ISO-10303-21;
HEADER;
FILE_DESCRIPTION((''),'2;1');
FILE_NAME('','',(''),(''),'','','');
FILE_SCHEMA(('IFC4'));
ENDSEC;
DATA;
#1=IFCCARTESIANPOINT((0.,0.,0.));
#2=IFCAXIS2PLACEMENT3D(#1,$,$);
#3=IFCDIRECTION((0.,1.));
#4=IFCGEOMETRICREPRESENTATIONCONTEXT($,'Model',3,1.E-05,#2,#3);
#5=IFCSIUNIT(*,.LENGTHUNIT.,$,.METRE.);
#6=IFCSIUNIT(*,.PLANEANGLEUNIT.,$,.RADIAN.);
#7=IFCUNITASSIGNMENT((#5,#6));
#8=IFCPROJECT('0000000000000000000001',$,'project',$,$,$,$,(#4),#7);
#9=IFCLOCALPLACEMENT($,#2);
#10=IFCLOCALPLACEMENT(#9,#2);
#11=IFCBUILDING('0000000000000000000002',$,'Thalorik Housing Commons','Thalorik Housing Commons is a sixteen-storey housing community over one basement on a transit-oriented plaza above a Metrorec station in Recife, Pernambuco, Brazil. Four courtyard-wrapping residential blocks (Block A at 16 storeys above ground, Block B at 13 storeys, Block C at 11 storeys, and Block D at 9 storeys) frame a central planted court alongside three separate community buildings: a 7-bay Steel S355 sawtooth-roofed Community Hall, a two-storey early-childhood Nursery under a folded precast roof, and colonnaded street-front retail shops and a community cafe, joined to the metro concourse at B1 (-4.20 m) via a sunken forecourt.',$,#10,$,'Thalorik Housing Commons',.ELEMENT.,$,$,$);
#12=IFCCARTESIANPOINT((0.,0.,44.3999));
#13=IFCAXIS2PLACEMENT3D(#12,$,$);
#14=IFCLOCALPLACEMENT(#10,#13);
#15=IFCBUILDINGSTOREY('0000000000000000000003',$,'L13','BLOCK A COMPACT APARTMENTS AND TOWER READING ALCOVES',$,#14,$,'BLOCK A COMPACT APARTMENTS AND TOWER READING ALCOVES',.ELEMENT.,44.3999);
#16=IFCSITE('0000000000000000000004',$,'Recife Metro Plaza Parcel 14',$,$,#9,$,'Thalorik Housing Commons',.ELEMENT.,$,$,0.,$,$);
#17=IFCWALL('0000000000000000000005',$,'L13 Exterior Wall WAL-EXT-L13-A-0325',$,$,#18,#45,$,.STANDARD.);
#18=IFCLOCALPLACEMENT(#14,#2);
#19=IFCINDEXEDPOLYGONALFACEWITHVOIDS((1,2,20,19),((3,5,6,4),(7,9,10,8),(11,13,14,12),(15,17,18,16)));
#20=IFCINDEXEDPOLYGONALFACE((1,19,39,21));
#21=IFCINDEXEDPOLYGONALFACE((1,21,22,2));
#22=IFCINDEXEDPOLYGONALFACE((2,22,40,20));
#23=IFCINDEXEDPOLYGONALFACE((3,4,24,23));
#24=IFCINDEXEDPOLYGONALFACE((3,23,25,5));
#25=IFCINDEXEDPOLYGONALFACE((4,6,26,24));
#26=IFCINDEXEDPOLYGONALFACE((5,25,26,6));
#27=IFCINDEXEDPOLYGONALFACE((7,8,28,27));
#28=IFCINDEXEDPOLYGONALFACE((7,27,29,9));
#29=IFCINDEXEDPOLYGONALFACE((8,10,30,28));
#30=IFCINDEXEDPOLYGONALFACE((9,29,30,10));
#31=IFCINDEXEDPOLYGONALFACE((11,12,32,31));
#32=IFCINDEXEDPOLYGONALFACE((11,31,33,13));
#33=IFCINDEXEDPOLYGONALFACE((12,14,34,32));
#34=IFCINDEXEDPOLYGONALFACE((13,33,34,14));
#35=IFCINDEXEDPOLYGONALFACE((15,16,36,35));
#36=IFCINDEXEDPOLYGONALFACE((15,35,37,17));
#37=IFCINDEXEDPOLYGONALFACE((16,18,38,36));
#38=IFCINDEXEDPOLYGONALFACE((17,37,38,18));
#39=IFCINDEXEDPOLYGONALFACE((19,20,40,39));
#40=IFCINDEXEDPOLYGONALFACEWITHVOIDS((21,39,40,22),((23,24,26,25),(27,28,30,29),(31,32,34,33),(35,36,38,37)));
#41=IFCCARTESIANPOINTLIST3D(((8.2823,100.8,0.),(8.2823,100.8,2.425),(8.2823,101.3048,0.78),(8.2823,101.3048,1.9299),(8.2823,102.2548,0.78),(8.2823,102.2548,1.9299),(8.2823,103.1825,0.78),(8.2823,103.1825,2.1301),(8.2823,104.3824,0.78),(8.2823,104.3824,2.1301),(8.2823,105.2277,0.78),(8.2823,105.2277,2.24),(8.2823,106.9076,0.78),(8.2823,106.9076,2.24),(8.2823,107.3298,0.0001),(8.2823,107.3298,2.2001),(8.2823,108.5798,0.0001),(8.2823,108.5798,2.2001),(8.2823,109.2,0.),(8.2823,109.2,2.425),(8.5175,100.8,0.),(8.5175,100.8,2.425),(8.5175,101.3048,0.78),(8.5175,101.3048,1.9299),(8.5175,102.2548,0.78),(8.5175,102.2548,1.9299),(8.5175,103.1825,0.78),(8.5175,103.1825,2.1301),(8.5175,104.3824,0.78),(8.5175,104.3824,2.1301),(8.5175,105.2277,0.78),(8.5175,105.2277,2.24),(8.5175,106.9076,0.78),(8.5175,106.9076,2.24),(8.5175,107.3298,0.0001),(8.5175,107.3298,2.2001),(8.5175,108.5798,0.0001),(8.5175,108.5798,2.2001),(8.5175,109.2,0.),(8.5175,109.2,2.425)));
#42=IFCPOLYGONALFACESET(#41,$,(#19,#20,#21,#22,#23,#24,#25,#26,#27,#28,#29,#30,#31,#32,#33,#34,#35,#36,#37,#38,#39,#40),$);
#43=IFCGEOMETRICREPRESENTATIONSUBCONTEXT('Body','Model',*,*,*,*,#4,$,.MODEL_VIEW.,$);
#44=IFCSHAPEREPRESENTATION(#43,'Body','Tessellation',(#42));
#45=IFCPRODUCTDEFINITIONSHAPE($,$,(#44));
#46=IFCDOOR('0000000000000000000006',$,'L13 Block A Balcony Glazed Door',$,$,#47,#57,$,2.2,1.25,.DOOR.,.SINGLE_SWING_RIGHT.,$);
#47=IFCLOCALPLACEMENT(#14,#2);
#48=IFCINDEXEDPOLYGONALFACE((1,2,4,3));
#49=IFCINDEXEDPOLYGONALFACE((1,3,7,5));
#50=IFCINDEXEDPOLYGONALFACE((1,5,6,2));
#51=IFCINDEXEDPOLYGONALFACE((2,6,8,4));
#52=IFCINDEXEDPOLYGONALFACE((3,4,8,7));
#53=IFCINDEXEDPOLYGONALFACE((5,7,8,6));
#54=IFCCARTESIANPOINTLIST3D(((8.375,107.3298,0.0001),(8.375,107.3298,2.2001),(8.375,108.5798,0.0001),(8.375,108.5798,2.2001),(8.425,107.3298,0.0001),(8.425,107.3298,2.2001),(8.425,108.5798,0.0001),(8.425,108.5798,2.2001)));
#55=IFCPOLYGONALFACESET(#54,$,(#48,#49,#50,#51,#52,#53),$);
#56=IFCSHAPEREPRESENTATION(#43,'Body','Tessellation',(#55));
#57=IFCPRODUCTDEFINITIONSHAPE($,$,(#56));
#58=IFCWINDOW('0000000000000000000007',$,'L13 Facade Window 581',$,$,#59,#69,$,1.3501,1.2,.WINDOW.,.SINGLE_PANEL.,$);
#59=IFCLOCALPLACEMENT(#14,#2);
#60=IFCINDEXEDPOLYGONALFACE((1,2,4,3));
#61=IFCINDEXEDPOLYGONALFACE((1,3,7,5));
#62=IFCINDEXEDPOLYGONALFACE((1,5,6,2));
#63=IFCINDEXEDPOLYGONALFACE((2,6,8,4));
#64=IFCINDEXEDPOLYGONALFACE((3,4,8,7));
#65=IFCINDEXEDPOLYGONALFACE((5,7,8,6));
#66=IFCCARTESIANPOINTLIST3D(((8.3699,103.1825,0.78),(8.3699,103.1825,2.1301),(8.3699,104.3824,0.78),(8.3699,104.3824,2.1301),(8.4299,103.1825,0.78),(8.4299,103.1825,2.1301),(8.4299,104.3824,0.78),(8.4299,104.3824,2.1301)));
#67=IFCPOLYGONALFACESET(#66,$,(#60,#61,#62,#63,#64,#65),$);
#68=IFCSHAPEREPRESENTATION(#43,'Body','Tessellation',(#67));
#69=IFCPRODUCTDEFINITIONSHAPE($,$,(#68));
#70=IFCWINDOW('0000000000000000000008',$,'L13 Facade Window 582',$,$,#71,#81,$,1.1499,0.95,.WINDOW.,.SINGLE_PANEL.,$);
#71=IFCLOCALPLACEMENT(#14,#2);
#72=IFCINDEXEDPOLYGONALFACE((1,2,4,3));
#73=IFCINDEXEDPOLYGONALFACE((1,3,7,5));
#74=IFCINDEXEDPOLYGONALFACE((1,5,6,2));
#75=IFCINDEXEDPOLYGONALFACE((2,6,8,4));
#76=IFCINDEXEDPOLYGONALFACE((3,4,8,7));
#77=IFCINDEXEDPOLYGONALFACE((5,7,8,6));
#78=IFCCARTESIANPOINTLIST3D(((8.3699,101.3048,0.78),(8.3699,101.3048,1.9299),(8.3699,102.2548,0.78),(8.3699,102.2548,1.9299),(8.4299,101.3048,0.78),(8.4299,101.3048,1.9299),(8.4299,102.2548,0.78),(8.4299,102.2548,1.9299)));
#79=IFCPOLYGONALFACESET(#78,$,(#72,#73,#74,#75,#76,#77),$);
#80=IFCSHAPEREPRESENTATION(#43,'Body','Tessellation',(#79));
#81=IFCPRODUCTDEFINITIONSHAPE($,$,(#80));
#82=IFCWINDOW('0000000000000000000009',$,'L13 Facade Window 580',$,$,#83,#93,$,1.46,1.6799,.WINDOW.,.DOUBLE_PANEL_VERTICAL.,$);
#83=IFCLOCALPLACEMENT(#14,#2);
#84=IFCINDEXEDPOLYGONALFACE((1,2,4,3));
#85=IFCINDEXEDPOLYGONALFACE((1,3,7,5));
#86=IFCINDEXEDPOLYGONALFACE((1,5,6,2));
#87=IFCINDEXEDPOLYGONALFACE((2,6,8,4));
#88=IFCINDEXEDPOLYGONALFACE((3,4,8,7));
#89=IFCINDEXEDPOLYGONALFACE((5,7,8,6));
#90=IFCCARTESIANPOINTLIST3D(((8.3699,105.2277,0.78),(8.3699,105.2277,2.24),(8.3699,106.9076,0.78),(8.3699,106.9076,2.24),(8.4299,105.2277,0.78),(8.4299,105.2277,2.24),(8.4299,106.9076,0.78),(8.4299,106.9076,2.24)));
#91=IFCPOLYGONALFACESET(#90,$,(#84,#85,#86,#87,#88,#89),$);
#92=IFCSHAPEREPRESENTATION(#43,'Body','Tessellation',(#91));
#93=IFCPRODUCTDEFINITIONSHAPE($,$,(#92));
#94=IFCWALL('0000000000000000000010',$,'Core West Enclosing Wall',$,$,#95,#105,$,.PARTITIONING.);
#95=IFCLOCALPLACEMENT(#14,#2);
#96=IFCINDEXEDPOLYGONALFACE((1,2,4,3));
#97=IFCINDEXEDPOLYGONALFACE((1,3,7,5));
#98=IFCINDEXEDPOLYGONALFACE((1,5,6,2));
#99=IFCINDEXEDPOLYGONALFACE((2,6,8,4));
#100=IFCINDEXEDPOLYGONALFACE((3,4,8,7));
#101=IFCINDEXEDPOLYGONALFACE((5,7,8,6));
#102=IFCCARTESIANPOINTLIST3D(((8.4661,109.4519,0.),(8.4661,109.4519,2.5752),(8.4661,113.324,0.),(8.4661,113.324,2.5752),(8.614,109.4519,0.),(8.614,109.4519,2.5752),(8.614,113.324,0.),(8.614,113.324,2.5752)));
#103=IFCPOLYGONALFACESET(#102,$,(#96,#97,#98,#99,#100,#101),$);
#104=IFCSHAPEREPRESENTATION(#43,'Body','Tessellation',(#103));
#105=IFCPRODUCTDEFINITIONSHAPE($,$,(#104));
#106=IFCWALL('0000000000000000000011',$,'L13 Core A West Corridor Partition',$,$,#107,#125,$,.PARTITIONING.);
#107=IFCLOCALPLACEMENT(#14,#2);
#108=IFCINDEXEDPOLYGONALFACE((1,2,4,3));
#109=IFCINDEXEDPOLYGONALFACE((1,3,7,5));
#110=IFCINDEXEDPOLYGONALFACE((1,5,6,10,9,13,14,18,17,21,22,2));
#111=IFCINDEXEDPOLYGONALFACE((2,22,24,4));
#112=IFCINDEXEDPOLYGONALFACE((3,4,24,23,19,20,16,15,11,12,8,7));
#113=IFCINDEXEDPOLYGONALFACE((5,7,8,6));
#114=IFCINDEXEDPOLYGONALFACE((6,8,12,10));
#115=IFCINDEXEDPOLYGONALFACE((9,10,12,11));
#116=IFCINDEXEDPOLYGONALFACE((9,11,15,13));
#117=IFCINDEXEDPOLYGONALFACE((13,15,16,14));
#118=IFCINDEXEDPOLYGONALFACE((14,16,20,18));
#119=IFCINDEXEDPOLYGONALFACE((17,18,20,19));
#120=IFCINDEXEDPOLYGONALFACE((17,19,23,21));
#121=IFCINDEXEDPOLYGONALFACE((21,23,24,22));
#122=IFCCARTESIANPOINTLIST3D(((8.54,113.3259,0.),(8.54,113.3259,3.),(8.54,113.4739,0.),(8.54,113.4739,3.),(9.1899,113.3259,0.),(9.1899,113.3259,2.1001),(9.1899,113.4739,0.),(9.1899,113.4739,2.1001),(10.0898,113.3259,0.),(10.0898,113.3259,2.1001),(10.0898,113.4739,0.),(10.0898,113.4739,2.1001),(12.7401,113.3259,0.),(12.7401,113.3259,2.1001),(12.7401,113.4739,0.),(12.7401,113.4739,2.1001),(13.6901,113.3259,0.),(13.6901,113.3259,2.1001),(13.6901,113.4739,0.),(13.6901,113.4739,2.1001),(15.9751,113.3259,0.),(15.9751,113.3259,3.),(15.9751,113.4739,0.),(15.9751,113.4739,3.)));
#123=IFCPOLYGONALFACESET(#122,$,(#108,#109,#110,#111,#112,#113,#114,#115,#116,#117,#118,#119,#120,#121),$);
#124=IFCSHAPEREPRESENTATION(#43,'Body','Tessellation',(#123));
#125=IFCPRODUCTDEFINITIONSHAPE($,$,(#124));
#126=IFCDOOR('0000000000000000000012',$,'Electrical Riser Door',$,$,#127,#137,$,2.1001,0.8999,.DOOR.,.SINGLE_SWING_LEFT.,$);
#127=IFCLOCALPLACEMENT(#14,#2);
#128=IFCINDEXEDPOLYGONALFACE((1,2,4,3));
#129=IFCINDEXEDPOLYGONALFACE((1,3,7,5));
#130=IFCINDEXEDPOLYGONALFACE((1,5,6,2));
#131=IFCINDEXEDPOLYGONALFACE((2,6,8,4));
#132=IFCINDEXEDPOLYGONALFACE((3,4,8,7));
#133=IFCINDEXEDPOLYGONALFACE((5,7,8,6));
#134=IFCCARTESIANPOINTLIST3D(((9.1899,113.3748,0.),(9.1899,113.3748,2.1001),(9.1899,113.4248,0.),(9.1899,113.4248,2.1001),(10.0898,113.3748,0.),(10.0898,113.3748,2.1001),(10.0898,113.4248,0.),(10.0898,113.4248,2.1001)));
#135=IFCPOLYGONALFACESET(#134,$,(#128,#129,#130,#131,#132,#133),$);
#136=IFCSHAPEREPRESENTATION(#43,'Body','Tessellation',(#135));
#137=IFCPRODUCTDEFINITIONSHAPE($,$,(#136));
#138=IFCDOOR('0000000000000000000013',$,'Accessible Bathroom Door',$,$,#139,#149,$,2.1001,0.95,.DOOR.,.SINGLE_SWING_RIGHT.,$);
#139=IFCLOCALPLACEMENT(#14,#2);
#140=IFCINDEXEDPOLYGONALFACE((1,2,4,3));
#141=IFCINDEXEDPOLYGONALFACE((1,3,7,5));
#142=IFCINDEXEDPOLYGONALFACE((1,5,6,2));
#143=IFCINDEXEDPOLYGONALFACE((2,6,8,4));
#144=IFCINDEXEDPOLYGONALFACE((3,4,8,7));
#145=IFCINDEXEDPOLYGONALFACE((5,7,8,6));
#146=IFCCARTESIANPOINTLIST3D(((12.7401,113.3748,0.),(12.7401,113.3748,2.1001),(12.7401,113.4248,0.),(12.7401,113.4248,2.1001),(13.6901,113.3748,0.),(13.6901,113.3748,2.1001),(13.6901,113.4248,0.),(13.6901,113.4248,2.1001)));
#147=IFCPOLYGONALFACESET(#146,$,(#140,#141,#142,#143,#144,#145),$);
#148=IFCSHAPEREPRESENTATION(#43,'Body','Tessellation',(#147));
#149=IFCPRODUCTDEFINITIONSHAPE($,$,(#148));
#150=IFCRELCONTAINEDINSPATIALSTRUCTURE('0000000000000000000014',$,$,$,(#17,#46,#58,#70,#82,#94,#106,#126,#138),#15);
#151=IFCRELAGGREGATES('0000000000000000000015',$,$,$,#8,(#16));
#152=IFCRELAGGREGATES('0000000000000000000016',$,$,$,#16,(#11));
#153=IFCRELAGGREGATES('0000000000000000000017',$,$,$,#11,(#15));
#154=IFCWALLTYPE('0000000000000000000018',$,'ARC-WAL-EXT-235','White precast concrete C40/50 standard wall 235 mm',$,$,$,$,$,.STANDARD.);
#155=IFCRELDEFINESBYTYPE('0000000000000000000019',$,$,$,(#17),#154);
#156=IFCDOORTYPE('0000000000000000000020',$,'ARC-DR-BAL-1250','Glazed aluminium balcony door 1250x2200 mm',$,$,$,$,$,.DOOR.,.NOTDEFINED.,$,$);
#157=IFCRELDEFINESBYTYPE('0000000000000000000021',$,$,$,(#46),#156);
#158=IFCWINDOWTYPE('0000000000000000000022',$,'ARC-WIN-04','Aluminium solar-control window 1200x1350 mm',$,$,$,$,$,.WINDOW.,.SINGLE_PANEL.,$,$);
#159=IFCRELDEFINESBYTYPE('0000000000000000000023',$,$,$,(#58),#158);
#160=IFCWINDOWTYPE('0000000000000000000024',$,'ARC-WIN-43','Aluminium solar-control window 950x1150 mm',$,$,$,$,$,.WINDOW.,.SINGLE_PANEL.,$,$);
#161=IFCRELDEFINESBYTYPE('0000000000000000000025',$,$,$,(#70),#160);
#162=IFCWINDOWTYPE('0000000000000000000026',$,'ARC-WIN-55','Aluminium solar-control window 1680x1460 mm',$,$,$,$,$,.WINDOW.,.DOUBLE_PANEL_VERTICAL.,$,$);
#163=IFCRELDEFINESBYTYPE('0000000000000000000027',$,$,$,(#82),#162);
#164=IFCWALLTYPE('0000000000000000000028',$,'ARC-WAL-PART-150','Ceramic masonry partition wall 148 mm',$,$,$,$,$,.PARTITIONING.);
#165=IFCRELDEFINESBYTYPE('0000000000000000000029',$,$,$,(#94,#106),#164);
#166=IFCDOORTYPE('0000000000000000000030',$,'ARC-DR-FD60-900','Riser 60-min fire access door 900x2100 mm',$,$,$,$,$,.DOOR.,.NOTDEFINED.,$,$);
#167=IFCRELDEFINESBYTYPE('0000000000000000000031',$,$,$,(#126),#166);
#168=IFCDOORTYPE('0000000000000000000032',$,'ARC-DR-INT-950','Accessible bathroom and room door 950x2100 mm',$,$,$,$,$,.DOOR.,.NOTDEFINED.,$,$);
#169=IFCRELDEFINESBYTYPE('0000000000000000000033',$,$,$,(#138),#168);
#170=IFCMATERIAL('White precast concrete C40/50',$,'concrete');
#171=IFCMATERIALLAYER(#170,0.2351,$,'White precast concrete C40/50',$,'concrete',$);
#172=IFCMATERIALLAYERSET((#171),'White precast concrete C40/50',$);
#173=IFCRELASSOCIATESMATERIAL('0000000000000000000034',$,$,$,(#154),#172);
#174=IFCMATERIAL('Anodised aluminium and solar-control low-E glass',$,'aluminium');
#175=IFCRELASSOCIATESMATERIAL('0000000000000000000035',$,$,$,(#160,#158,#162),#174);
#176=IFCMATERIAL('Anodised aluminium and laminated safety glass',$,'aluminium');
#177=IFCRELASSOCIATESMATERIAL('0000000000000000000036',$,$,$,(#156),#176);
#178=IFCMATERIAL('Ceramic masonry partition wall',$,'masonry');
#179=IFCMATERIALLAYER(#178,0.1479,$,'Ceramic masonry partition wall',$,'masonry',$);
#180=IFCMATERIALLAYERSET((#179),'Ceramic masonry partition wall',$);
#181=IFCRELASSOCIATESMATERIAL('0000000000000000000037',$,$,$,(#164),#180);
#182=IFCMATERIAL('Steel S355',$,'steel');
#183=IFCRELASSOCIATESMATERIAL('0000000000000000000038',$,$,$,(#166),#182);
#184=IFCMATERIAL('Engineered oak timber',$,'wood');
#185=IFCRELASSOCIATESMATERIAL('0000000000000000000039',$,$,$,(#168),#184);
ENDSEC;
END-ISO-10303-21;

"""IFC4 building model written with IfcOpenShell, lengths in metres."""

from ifc_helpers import new_model, si_unit, direction, frame, frame_2d, origin, place, context, subcontext, project, spatial, rectangle, extrude, material, layer, layer_set, type_object, element, fill, save


model = new_model("IFC4")

# Units and contexts
model_context = context("Model", 3, precision=1e-05, world=origin(), true_north=direction((0.0, 1.0)))
body_context = subcontext(model_context, "Body", "Model", "MODEL_VIEW")
ifc_project = project(units=[si_unit("LENGTHUNIT", "METRE"), si_unit("PLANEANGLEUNIT", "RADIAN")], contexts=[model_context])

# Site, building, storey
site_placement = place(None, origin())
site = spatial("IfcSite", under=ifc_project, at=site_placement, Name="Recife Metro Plaza Parcel 14", LongName="Thalorik Housing Commons", CompositionType="ELEMENT", RefElevation=0.0)
building_placement = place(site_placement, origin())
building = spatial("IfcBuilding", under=site, at=building_placement, Name="Thalorik Housing Commons", Description="Thalorik Housing Commons is a sixteen-storey housing community over one basement on a transit-oriented plaza above a Metrorec station in Recife, Pernambuco, Brazil. Four courtyard-wrapping residential blocks (Block A at 16 storeys above ground, Block B at 13 storeys, Block C at 11 storeys, and Block D at 9 storeys) frame a central planted court alongside three separate community buildings: a 7-bay Steel S355 sawtooth-roofed Community Hall, a two-storey early-childhood Nursery under a folded precast roof, and colonnaded street-front retail shops and a community cafe, joined to the metro concourse at B1 (-4.20 m) via a sunken forecourt.", LongName="Thalorik Housing Commons", CompositionType="ELEMENT")
storey_placement = place(building_placement, frame((0.0, 0.0, 44.3999)))
storey = spatial("IfcBuildingStorey", under=building, at=storey_placement, Name="L13", Description="BLOCK A COMPACT APARTMENTS AND TOWER READING ALCOVES", LongName="BLOCK A COMPACT APARTMENTS AND TOWER READING ALCOVES", CompositionType="ELEMENT", Elevation=44.3999)

# Shared definitions
ifc_material_1 = material(Name="Steel S355", Category="steel")

# Shared definitions
ifc_material_2 = material(Name="White precast concrete C40/50", Category="concrete")
ifc_layer_1 = layer(ifc_material_2, 0.2351, Name="White precast concrete C40/50", Category="concrete")
ifc_layer_set_1 = layer_set([ifc_layer_1], Name="White precast concrete C40/50")
wall_type_1 = type_object("IfcWallType", Name="ARC-WAL-EXT-235", Description="White precast concrete C40/50 standard wall 235 mm", PredefinedType="STANDARD", material=ifc_layer_set_1)
ifc_material_3 = material(Name="Anodised aluminium and solar-control low-E glass", Category="aluminium")
window_type_1 = type_object("IfcWindowType", Name="ARC-WIN-43", Description="Aluminium solar-control window 950x1150 mm", PartitioningType="SINGLE_PANEL", PredefinedType="WINDOW", material=ifc_material_3)

# Wall, openings, door, windows
wall_1_placement = place(storey_placement, frame((8.3999, 109.2, 0.0), z_axis=(0.0, 0.0, 1.0), x_axis=(0.0, -1.0, 0.0)))
wall_1 = element("IfcWall", 1, at=wall_1_placement, inside=storey, type_object=wall_type_1, Name="L13 Exterior Wall WAL-EXT-L13-A-0325", PredefinedType="STANDARD", context=body_context, shape_type="SweptSolid", body=[
    extrude(rectangle(XDim=8.3999, YDim=0.2351, at=frame_2d((4.2, 0.0))), origin(), (0.0, 0.0, 1.0), 2.425),
])
opening_1_placement = place(wall_1_placement, frame((0.6201, 0.0, 0.0)))
opening_1 = element("IfcOpeningElement", 2, at=opening_1_placement, cuts=wall_1, PredefinedType="OPENING", context=body_context, shape_type="SweptSolid", body=[
    extrude(rectangle(XDim=1.25, YDim=2.2, at=frame_2d((0.625, 1.1001))), frame((0.0, 0.1274, 0.0), z_axis=(0.0, -1.0, 0.0), x_axis=(1.0, 0.0, 0.0)), (0.0, 0.0, 1.0), 0.2551),
])
opening_2_placement = place(wall_1_placement, frame((2.2925, 0.0, 0.78)))
opening_2 = element("IfcOpeningElement", 3, at=opening_2_placement, cuts=wall_1, PredefinedType="OPENING", context=body_context, shape_type="SweptSolid", body=[
    extrude(rectangle(XDim=1.6799, YDim=1.46, at=frame_2d((0.8398, 0.73))), frame((0.0, 0.1274, 0.0), z_axis=(0.0, -1.0, 0.0), x_axis=(1.0, 0.0, 0.0)), (0.0, 0.0, 1.0), 0.2551),
])
opening_3_placement = place(wall_1_placement, frame((4.8174, 0.0, 0.78)))
opening_3 = element("IfcOpeningElement", 4, at=opening_3_placement, cuts=wall_1, PredefinedType="OPENING", context=body_context, shape_type="SweptSolid", body=[
    extrude(rectangle(XDim=1.2, YDim=1.3501, at=frame_2d((0.6001, 0.675))), frame((0.0, 0.1274, 0.0), z_axis=(0.0, -1.0, 0.0), x_axis=(1.0, 0.0, 0.0)), (0.0, 0.0, 1.0), 0.2551),
])
opening_4_placement = place(wall_1_placement, frame((6.9451, 0.0, 0.78)))
opening_4 = element("IfcOpeningElement", 5, at=opening_4_placement, cuts=wall_1, PredefinedType="OPENING", context=body_context, shape_type="SweptSolid", body=[
    extrude(rectangle(XDim=0.95, YDim=1.1499, at=frame_2d((0.4751, 0.575))), frame((0.0, 0.1274, 0.0), z_axis=(0.0, -1.0, 0.0), x_axis=(1.0, 0.0, 0.0)), (0.0, 0.0, 1.0), 0.2551),
])
ifc_material_4 = material(Name="Anodised aluminium and laminated safety glass", Category="aluminium")
door_type_1 = type_object("IfcDoorType", Name="ARC-DR-BAL-1250", Description="Glazed aluminium balcony door 1250x2200 mm", OperationType="NOTDEFINED", PredefinedType="DOOR", material=ifc_material_4)
door_1_placement = place(opening_1_placement, frame((1.25, 0.0, 0.0), z_axis=(0.0, 0.0, 1.0), x_axis=(-1.0, 0.0, 0.0)))
door_1 = element("IfcDoor", 6, at=door_1_placement, inside=storey, type_object=door_type_1, Name="L13 Block A Balcony Glazed Door", OperationType="SINGLE_SWING_RIGHT", OverallHeight=2.2, OverallWidth=1.25, PredefinedType="DOOR", context=body_context, shape_type="SweptSolid", body=[
    extrude(rectangle(XDim=1.25, YDim=2.2, at=frame_2d((0.625, 1.1001))), frame((0.0, 0.0249, 0.0), z_axis=(0.0, -1.0, 0.0), x_axis=(1.0, 0.0, 0.0)), (0.0, 0.0, 1.0), 0.05),
])
fill(opening_1, door_1)
window_type_2 = type_object("IfcWindowType", Name="ARC-WIN-04", Description="Aluminium solar-control window 1200x1350 mm", PartitioningType="SINGLE_PANEL", PredefinedType="WINDOW", material=ifc_material_3)
window_1_placement = place(opening_3_placement, origin())
window_1 = element("IfcWindow", 7, at=window_1_placement, inside=storey, type_object=window_type_2, Name="L13 Facade Window 581", OverallHeight=1.3501, OverallWidth=1.2, PartitioningType="SINGLE_PANEL", PredefinedType="WINDOW", context=body_context, shape_type="SweptSolid", body=[
    extrude(rectangle(XDim=1.2, YDim=1.3501, at=frame_2d((0.6001, 0.675))), frame((0.0, 0.03, 0.0), z_axis=(0.0, -1.0, 0.0), x_axis=(1.0, 0.0, 0.0)), (0.0, 0.0, 1.0), 0.0601),
])
fill(opening_3, window_1)
window_2_placement = place(opening_4_placement, origin())
window_2 = element("IfcWindow", 8, at=window_2_placement, inside=storey, type_object=window_type_1, Name="L13 Facade Window 582", OverallHeight=1.1499, OverallWidth=0.95, PartitioningType="SINGLE_PANEL", PredefinedType="WINDOW", context=body_context, shape_type="SweptSolid", body=[
    extrude(rectangle(XDim=0.95, YDim=1.1499, at=frame_2d((0.4751, 0.575))), frame((0.0, 0.03, 0.0), z_axis=(0.0, -1.0, 0.0), x_axis=(1.0, 0.0, 0.0)), (0.0, 0.0, 1.0), 0.0601),
])
fill(opening_4, window_2)
window_type_3 = type_object("IfcWindowType", Name="ARC-WIN-55", Description="Aluminium solar-control window 1680x1460 mm", PartitioningType="DOUBLE_PANEL_VERTICAL", PredefinedType="WINDOW", material=ifc_material_3)
window_3_placement = place(opening_2_placement, origin())
window_3 = element("IfcWindow", 9, at=window_3_placement, inside=storey, type_object=window_type_3, Name="L13 Facade Window 580", OverallHeight=1.46, OverallWidth=1.6799, PartitioningType="DOUBLE_PANEL_VERTICAL", PredefinedType="WINDOW", context=body_context, shape_type="SweptSolid", body=[
    extrude(rectangle(XDim=1.6799, YDim=1.46, at=frame_2d((0.8398, 0.73))), frame((0.0, 0.03, 0.0), z_axis=(0.0, -1.0, 0.0), x_axis=(1.0, 0.0, 0.0)), (0.0, 0.0, 1.0), 0.0601),
])
fill(opening_2, window_3)

# Wall
ifc_material_5 = material(Name="Ceramic masonry partition wall", Category="masonry")
ifc_layer_2 = layer(ifc_material_5, 0.1479, Name="Ceramic masonry partition wall", Category="masonry")
ifc_layer_set_2 = layer_set([ifc_layer_2], Name="Ceramic masonry partition wall")
wall_type_2 = type_object("IfcWallType", Name="ARC-WAL-PART-150", Description="Ceramic masonry partition wall 148 mm", PredefinedType="PARTITIONING", material=ifc_layer_set_2)
wall_2_placement = place(storey_placement, frame((8.54, 113.324, 0.0), z_axis=(0.0, 0.0, 1.0), x_axis=(0.0, -1.0, 0.0)))
element("IfcWall", 10, at=wall_2_placement, inside=storey, type_object=wall_type_2, Name="Core West Enclosing Wall", PredefinedType="PARTITIONING", context=body_context, shape_type="SweptSolid", body=[
    extrude(rectangle(XDim=3.8721, YDim=0.1479, at=frame_2d((1.936, 0.0))), origin(), (0.0, 0.0, 1.0), 2.5752),
])

# Wall, openings, doors
wall_3_placement = place(storey_placement, frame((8.54, 113.3999, 0.0), z_axis=(0.0, 0.0, 1.0), x_axis=(1.0, 0.0, 0.0)))
wall_3 = element("IfcWall", 11, at=wall_3_placement, inside=storey, type_object=wall_type_2, Name="L13 Core A West Corridor Partition", PredefinedType="PARTITIONING", context=body_context, shape_type="SweptSolid", body=[
    extrude(rectangle(XDim=7.4351, YDim=0.1479, at=frame_2d((3.7175, 0.0))), origin(), (0.0, 0.0, 1.0), 3.0),
])
opening_5_placement = place(wall_3_placement, frame((0.6499, 0.0, 0.0)))
opening_5 = element("IfcOpeningElement", 12, at=opening_5_placement, cuts=wall_3, PredefinedType="OPENING", context=body_context, shape_type="SweptSolid", body=[
    extrude(rectangle(XDim=0.8999, YDim=2.1001, at=frame_2d((0.45, 1.05))), frame((0.0, 0.084, 0.0), z_axis=(0.0, -1.0, 0.0), x_axis=(1.0, 0.0, 0.0)), (0.0, 0.0, 1.0), 0.168),
])
opening_6_placement = place(wall_3_placement, frame((4.2, 0.0, 0.0)))
opening_6 = element("IfcOpeningElement", 13, at=opening_6_placement, cuts=wall_3, PredefinedType="OPENING", context=body_context, shape_type="SweptSolid", body=[
    extrude(rectangle(XDim=0.95, YDim=2.1001, at=frame_2d((0.4751, 1.05))), frame((0.0, 0.084, 0.0), z_axis=(0.0, -1.0, 0.0), x_axis=(1.0, 0.0, 0.0)), (0.0, 0.0, 1.0), 0.168),
])
door_type_2 = type_object("IfcDoorType", Name="ARC-DR-FD60-900", Description="Riser 60-min fire access door 900x2100 mm", OperationType="NOTDEFINED", PredefinedType="DOOR", material=ifc_material_1)
door_2_placement = place(opening_5_placement, origin())
door_2 = element("IfcDoor", 14, at=door_2_placement, inside=storey, type_object=door_type_2, Name="Electrical Riser Door", OperationType="SINGLE_SWING_LEFT", OverallHeight=2.1001, OverallWidth=0.8999, PredefinedType="DOOR", context=body_context, shape_type="SweptSolid", body=[
    extrude(rectangle(XDim=0.8999, YDim=2.1001, at=frame_2d((0.45, 1.05))), frame((0.0, 0.0249, 0.0), z_axis=(0.0, -1.0, 0.0), x_axis=(1.0, 0.0, 0.0)), (0.0, 0.0, 1.0), 0.05),
])
fill(opening_5, door_2)
ifc_material_6 = material(Name="Engineered oak timber", Category="wood")
door_type_3 = type_object("IfcDoorType", Name="ARC-DR-INT-950", Description="Accessible bathroom and room door 950x2100 mm", OperationType="NOTDEFINED", PredefinedType="DOOR", material=ifc_material_6)
door_3_placement = place(opening_6_placement, origin())
door_3 = element("IfcDoor", 15, at=door_3_placement, inside=storey, type_object=door_type_3, Name="Accessible Bathroom Door", OperationType="SINGLE_SWING_RIGHT", OverallHeight=2.1001, OverallWidth=0.95, PredefinedType="DOOR", context=body_context, shape_type="SweptSolid", body=[
    extrude(rectangle(XDim=0.95, YDim=2.1001, at=frame_2d((0.4751, 1.05))), frame((0.0, 0.0249, 0.0), z_axis=(0.0, -1.0, 0.0), x_axis=(1.0, 0.0, 0.0)), (0.0, 0.0, 1.0), 0.05),
])
fill(opening_6, door_3)

save(model, "model.ifc")
